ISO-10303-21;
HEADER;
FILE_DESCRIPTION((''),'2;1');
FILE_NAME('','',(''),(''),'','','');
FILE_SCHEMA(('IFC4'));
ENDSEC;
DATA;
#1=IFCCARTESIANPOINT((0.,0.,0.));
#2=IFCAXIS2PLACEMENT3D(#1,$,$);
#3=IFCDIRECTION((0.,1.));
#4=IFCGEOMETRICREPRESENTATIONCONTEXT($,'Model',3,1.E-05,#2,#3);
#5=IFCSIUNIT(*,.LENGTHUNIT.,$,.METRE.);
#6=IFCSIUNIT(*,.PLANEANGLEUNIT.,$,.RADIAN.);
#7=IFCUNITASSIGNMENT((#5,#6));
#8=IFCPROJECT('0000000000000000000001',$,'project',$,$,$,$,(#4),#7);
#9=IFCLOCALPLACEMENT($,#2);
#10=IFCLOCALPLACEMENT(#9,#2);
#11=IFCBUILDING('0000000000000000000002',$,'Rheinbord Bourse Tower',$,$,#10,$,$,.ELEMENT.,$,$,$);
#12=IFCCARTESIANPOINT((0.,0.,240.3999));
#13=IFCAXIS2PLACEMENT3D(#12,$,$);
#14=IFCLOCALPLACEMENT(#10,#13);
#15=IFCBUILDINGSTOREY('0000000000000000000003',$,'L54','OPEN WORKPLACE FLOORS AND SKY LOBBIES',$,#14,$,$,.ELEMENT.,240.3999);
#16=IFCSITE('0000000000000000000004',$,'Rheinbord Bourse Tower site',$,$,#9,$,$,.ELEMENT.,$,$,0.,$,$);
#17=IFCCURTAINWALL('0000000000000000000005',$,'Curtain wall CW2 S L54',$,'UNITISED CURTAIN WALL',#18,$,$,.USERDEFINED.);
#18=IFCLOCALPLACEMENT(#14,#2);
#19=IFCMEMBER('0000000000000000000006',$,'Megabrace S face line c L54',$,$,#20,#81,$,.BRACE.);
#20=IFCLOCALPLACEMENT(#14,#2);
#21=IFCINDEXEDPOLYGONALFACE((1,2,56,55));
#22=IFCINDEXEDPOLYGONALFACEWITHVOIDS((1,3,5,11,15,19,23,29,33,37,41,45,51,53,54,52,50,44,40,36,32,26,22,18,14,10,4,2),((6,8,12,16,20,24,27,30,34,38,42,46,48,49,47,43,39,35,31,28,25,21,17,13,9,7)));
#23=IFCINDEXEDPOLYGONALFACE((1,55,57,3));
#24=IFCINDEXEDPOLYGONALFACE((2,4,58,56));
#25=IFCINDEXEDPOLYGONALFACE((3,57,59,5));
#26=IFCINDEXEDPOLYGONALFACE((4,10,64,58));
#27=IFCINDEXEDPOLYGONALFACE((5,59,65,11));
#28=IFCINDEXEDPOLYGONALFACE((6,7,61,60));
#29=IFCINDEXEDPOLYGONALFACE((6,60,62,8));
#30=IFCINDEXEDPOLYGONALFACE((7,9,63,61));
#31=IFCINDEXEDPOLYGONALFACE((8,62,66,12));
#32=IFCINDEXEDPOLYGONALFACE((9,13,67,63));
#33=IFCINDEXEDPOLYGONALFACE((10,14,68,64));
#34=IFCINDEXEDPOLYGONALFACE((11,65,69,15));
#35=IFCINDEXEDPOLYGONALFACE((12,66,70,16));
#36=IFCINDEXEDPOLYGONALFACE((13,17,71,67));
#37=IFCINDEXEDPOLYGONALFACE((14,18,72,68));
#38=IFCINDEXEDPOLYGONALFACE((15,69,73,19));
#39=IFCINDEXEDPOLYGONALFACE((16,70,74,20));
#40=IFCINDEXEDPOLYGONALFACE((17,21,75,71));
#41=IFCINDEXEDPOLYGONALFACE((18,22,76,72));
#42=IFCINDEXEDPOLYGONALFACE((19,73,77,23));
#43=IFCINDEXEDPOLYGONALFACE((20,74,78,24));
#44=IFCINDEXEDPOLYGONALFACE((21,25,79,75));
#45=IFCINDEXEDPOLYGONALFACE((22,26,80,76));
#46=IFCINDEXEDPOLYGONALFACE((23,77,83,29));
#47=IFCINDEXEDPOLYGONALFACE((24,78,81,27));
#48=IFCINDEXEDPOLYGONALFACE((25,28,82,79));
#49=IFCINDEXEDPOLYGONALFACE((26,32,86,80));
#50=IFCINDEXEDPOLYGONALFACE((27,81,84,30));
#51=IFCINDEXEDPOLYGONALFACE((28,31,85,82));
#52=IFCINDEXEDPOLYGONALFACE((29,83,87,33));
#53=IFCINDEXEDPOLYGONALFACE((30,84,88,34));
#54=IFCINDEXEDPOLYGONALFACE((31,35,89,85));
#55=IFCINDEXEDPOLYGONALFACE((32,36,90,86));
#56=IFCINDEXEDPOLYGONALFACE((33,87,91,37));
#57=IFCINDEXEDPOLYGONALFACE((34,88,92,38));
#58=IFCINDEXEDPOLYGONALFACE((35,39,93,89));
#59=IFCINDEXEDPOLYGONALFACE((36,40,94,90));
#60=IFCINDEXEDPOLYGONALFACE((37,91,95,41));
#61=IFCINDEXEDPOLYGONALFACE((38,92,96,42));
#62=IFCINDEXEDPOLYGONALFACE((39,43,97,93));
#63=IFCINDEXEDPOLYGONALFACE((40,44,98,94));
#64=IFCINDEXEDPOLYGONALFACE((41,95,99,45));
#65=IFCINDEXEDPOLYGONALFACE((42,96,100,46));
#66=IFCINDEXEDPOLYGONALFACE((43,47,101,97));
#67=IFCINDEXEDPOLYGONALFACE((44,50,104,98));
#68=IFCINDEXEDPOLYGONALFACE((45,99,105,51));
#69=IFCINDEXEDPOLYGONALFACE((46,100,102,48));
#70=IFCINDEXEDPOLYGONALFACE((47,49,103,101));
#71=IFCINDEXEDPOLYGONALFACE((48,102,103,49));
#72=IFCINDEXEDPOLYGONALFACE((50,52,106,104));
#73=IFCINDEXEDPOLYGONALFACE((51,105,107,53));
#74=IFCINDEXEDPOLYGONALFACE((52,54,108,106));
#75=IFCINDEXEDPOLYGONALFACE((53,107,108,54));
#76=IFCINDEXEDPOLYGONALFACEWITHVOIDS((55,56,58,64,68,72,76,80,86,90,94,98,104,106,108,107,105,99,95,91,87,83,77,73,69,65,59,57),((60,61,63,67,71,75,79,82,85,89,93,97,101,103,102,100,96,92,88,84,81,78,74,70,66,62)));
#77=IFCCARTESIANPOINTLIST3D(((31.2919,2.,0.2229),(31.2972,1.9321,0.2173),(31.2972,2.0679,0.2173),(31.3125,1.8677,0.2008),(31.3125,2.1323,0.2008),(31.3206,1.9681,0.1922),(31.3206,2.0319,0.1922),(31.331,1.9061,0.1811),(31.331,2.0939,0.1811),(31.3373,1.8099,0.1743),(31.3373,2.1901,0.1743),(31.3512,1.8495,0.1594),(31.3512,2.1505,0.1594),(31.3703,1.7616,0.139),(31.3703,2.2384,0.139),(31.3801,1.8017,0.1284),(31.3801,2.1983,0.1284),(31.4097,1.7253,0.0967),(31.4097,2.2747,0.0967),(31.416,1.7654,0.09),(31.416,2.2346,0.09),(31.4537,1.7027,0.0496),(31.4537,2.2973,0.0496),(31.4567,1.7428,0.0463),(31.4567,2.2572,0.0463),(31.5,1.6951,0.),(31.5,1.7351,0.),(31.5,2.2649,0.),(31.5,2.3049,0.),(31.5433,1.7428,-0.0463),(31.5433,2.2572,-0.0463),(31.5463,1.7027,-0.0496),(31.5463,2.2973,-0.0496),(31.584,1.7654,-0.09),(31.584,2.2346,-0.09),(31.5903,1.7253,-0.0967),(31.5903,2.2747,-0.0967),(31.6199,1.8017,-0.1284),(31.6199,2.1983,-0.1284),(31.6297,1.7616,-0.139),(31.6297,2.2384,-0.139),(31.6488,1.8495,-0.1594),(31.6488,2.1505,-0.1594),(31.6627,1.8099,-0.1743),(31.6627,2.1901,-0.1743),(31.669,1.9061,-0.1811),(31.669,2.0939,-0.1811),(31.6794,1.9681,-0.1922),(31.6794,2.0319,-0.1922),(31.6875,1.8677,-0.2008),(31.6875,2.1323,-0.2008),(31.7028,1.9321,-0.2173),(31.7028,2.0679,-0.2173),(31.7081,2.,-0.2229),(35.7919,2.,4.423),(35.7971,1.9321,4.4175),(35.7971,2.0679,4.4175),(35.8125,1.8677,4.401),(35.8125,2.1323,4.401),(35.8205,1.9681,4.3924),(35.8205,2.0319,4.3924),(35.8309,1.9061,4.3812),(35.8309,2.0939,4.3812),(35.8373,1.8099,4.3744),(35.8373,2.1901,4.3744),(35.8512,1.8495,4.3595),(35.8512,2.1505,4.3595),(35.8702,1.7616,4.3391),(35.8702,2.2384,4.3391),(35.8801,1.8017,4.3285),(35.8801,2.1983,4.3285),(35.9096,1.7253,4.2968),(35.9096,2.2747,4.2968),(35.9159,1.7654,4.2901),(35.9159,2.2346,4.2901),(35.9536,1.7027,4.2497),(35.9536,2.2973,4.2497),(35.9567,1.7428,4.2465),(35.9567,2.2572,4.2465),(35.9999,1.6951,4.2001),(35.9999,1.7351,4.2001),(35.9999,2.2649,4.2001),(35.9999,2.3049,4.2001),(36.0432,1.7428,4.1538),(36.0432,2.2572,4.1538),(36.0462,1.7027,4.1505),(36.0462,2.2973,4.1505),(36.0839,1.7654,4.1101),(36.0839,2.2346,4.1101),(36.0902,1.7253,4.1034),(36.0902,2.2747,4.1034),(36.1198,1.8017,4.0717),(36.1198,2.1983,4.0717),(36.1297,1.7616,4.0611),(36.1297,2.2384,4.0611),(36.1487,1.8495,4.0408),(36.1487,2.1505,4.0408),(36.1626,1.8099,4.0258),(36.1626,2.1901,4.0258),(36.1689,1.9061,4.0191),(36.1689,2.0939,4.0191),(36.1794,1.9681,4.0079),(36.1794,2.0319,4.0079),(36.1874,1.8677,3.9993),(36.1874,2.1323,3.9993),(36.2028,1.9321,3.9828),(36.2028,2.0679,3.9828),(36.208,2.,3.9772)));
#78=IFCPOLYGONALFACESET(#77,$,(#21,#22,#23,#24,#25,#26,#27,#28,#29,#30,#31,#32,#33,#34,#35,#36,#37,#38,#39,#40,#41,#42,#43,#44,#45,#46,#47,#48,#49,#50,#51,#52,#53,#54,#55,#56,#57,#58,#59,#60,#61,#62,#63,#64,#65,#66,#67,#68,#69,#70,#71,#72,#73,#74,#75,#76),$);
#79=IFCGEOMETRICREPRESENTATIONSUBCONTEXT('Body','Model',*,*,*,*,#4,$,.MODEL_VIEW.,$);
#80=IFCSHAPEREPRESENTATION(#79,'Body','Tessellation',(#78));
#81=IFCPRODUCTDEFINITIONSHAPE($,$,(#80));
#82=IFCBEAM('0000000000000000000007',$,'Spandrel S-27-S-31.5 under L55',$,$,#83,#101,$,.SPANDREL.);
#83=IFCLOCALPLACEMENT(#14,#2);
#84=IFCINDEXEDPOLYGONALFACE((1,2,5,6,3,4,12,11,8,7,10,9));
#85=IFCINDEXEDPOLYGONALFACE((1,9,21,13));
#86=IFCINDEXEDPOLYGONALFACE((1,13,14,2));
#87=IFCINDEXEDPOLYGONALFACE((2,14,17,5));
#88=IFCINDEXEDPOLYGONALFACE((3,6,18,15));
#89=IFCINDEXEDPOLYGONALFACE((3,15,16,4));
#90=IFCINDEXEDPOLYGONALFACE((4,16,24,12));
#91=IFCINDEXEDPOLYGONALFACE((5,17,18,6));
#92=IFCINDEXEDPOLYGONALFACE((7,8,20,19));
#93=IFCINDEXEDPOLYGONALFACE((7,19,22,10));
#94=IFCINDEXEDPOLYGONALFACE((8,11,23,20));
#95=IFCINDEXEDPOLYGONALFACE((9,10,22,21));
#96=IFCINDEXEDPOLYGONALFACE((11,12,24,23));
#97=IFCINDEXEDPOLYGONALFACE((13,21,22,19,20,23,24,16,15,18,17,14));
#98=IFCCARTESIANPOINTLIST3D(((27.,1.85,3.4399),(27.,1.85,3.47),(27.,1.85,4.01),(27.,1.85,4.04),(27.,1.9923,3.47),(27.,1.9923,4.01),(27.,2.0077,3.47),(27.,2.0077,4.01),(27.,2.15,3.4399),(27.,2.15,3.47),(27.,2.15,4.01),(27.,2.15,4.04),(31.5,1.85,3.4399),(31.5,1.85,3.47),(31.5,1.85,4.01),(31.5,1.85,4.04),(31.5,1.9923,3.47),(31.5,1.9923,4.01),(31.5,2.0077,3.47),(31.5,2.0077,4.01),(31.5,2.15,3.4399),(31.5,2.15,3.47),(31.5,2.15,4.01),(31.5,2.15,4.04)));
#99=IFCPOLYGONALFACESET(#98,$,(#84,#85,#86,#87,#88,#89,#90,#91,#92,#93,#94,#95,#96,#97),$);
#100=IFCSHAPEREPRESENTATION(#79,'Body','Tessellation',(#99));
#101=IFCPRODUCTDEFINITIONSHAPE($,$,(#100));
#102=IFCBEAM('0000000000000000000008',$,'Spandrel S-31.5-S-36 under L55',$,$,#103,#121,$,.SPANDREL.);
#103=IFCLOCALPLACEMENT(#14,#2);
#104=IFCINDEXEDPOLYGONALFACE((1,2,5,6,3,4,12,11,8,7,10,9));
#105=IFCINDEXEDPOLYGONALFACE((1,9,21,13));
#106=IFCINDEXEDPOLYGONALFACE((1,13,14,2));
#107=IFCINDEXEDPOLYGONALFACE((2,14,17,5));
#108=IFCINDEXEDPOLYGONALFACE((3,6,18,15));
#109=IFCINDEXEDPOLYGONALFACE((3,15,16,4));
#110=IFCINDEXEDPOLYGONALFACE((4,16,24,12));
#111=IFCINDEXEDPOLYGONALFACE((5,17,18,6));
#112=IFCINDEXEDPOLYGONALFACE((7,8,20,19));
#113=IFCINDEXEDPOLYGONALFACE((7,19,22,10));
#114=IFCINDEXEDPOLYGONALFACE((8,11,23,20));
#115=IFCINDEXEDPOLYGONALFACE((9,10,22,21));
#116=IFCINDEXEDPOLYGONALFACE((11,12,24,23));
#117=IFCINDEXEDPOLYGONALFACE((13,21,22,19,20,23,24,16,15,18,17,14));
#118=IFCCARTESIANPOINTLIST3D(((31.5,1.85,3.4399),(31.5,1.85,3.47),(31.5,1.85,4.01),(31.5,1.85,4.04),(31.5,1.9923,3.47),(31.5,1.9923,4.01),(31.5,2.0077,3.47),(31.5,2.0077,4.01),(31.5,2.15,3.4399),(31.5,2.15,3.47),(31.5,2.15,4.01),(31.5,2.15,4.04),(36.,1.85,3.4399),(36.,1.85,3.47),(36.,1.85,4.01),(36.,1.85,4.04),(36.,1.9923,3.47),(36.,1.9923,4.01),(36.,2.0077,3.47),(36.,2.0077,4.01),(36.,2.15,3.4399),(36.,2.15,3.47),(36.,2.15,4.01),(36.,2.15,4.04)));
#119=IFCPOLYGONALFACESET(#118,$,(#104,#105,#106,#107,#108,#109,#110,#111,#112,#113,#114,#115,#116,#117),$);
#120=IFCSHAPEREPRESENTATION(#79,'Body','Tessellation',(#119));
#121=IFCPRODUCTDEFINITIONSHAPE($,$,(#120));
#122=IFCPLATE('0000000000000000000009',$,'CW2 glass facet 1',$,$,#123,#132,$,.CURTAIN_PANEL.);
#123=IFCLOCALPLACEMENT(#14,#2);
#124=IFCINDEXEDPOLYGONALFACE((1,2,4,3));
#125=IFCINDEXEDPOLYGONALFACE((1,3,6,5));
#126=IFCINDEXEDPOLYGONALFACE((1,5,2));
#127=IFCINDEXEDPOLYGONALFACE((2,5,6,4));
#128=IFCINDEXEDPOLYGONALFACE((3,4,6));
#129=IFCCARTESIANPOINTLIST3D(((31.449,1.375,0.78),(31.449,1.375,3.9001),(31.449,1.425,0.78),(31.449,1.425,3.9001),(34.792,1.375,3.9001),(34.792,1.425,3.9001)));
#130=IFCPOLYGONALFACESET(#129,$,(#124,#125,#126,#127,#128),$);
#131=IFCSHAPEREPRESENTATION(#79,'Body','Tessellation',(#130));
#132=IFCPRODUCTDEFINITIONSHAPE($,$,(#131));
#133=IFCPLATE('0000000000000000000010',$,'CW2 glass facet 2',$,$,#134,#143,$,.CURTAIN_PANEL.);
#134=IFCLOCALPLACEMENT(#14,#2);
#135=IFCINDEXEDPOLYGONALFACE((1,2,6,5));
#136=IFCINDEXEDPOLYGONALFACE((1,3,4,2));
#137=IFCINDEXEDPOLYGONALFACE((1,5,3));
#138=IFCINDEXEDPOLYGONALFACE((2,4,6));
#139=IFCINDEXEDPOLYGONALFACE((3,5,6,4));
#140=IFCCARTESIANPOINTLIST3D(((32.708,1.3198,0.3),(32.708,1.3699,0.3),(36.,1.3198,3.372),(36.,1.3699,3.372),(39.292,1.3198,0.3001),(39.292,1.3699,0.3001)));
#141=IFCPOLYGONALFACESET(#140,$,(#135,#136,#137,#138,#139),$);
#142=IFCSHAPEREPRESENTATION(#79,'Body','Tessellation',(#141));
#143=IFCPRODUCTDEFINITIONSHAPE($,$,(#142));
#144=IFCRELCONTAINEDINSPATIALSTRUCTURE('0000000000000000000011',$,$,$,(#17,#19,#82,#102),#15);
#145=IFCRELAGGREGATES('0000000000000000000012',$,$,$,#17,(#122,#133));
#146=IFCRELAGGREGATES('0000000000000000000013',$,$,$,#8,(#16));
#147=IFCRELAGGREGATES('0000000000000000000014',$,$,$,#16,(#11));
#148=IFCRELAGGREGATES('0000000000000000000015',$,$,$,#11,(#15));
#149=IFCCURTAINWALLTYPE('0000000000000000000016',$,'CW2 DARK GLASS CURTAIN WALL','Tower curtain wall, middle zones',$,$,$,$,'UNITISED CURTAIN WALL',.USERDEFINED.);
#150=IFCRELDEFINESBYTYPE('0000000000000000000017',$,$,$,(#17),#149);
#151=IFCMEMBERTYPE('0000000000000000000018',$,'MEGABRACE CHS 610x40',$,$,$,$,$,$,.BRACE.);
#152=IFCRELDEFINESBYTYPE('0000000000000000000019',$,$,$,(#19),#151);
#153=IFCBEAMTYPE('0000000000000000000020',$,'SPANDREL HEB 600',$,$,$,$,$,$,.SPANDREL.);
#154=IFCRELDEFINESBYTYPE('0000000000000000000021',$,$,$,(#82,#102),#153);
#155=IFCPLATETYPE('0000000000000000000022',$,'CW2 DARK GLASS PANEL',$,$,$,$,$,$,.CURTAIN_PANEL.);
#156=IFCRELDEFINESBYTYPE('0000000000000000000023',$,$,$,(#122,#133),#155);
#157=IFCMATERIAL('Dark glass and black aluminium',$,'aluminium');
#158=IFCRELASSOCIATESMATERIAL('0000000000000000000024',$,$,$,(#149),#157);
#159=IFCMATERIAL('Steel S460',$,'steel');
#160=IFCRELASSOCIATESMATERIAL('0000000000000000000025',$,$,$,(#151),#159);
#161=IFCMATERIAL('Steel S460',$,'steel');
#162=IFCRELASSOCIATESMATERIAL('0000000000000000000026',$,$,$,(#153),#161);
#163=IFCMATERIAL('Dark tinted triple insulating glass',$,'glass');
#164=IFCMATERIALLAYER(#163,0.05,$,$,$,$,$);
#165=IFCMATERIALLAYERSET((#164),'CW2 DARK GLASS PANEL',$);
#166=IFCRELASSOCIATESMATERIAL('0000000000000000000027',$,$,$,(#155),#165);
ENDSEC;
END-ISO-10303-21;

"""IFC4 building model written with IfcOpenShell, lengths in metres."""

from ifc_helpers import new_model, si_unit, direction, frame, origin, origin_2d, place, context, subcontext, project, spatial, polyline, hollow_circle, i_section, outline, extrude, material, layer, layer_set, material_profile, profile_set, type_object, element, aggregate, save


model = new_model("IFC4")

# Units and contexts
model_context = context("Model", 3, precision=1e-05, world=origin(), true_north=direction((0.0, 1.0)))
body_context = subcontext(model_context, "Body", "Model", "MODEL_VIEW")
ifc_project = project(units=[si_unit("LENGTHUNIT", "METRE"), si_unit("PLANEANGLEUNIT", "RADIAN")], contexts=[model_context])

# Site, building, storey
site_placement = place(None, origin())
site = spatial("IfcSite", under=ifc_project, at=site_placement, Name="Rheinbord Bourse Tower site", CompositionType="ELEMENT", RefElevation=0.0)
building_placement = place(site_placement, origin())
building = spatial("IfcBuilding", under=site, at=building_placement, Name="Rheinbord Bourse Tower", CompositionType="ELEMENT")
storey_placement = place(building_placement, frame((0.0, 0.0, 240.3999)))
storey = spatial("IfcBuildingStorey", under=building, at=storey_placement, Name="L54", Description="OPEN WORKPLACE FLOORS AND SKY LOBBIES", CompositionType="ELEMENT", Elevation=240.3999)

# Curtain wall
ifc_material_1 = material(Name="Dark glass and black aluminium", Category="aluminium")
curtain_wall_type = type_object("IfcCurtainWallType", Name="CW2 DARK GLASS CURTAIN WALL", Description="Tower curtain wall, middle zones", ElementType="UNITISED CURTAIN WALL", PredefinedType="USERDEFINED", material=ifc_material_1)
curtain_wall_placement = place(storey_placement, origin())
curtain_wall = element("IfcCurtainWall", 1, at=curtain_wall_placement, inside=storey, type_object=curtain_wall_type, Name="Curtain wall CW2 S L54", ObjectType="UNITISED CURTAIN WALL", PredefinedType="USERDEFINED")

# Member
ifc_material_2 = material(Name="Steel S460", Category="steel")
ifc_material_profile_1 = material_profile(ifc_material_2, hollow_circle(Radius=0.3049, WallThickness=0.04, at=origin_2d()), Name="CHS 610x40")
ifc_profile_set_1 = profile_set([ifc_material_profile_1], Name="Steel S460")
member_type_1 = type_object("IfcMemberType", Name="MEGABRACE CHS 610x40", PredefinedType="BRACE", material=ifc_profile_set_1)
member_1_placement = place(storey_placement, frame((31.5, 2.0, 0.0), z_axis=(0.731039, 0.0, 0.682335), x_axis=(0.0, 1.0, 0.0)))
element("IfcMember", 2, at=member_1_placement, inside=storey, type_object=member_type_1, Name="Megabrace S face line c L54", PredefinedType="BRACE", context=body_context, shape_type="SweptSolid", body=[
    extrude(hollow_circle(Radius=0.3049, WallThickness=0.04, at=origin_2d()), origin(), (0.0, 0.0, 1.0), 6.1555),
])

# Beams
ifc_material_3 = material(Name="Steel S460", Category="steel")
ifc_material_profile_2 = material_profile(ifc_material_3, i_section(OverallWidth=0.3, OverallDepth=0.6001, WebThickness=0.0154, FlangeThickness=0.03, at=origin_2d()), Name="HEB 600")
ifc_profile_set_2 = profile_set([ifc_material_profile_2], Name="Steel S460")
beam_type_1 = type_object("IfcBeamType", Name="SPANDREL HEB 600", PredefinedType="SPANDREL", material=ifc_profile_set_2)
for number, where, z_axis, x_axis, name in (
    (3, (27.0, 2.0, 3.74), (1.0, 0.0, 0.0), (0.0, 1.0, 0.0), "Spandrel S-27-S-31.5 under L55"),
    (4, (31.5, 2.0, 3.74), (1.0, 0.0, 0.0), (0.0, 1.0, 0.0), "Spandrel S-31.5-S-36 under L55"),
):
    element("IfcBeam", number, at=place(storey_placement, frame(where, z_axis=z_axis, x_axis=x_axis)), inside=storey, type_object=beam_type_1, Name=name, PredefinedType="SPANDREL", context=body_context, shape_type="SweptSolid", body=[
        extrude(i_section(OverallWidth=0.3, OverallDepth=0.6001, WebThickness=0.0154, FlangeThickness=0.03, at=origin_2d()), origin(), (0.0, 0.0, 1.0), 4.5),
    ])

# Plates
ifc_material_4 = material(Name="Dark tinted triple insulating glass", Category="glass")
ifc_layer = layer(ifc_material_4, 0.05)
ifc_layer_set = layer_set([ifc_layer], Name="CW2 DARK GLASS PANEL")
plate_type = type_object("IfcPlateType", Name="CW2 DARK GLASS PANEL", PredefinedType="CURTAIN_PANEL", material=ifc_layer_set)
plate_1_placement = place(storey_placement, frame((31.449, 1.375, 3.9001), z_axis=(0.0, 1.0, 0.0), x_axis=(1.0, 0.0, 0.0)))
plate_1 = element("IfcPlate", 5, at=plate_1_placement, type_object=plate_type, Name="CW2 glass facet 1", PredefinedType="CURTAIN_PANEL", context=body_context, shape_type="SweptSolid", body=[
    extrude(outline(polyline([(0.0, 0.0), (3.343, 0.0), (0.0, 3.1201), (0.0, 0.0)])), origin(), (0.0, 0.0, 1.0), 0.05),
])
plate_2_placement = place(storey_placement, frame((32.708, 1.3198, 0.3), z_axis=(0.0, 1.0, 0.0), x_axis=(0.731111, 0.0, 0.682258)))
plate_2 = element("IfcPlate", 6, at=plate_2_placement, type_object=plate_type, Name="CW2 glass facet 2", PredefinedType="CURTAIN_PANEL", context=body_context, shape_type="SweptSolid", body=[
    extrude(outline(polyline([(0.0, 0.0), (4.5027, 0.0), (4.8137, 4.4919), (0.0, 0.0)])), origin(), (0.0, 0.0, 1.0), 0.05),
])
aggregate(curtain_wall, [plate_1, plate_2])

save(model, "model.ifc")
